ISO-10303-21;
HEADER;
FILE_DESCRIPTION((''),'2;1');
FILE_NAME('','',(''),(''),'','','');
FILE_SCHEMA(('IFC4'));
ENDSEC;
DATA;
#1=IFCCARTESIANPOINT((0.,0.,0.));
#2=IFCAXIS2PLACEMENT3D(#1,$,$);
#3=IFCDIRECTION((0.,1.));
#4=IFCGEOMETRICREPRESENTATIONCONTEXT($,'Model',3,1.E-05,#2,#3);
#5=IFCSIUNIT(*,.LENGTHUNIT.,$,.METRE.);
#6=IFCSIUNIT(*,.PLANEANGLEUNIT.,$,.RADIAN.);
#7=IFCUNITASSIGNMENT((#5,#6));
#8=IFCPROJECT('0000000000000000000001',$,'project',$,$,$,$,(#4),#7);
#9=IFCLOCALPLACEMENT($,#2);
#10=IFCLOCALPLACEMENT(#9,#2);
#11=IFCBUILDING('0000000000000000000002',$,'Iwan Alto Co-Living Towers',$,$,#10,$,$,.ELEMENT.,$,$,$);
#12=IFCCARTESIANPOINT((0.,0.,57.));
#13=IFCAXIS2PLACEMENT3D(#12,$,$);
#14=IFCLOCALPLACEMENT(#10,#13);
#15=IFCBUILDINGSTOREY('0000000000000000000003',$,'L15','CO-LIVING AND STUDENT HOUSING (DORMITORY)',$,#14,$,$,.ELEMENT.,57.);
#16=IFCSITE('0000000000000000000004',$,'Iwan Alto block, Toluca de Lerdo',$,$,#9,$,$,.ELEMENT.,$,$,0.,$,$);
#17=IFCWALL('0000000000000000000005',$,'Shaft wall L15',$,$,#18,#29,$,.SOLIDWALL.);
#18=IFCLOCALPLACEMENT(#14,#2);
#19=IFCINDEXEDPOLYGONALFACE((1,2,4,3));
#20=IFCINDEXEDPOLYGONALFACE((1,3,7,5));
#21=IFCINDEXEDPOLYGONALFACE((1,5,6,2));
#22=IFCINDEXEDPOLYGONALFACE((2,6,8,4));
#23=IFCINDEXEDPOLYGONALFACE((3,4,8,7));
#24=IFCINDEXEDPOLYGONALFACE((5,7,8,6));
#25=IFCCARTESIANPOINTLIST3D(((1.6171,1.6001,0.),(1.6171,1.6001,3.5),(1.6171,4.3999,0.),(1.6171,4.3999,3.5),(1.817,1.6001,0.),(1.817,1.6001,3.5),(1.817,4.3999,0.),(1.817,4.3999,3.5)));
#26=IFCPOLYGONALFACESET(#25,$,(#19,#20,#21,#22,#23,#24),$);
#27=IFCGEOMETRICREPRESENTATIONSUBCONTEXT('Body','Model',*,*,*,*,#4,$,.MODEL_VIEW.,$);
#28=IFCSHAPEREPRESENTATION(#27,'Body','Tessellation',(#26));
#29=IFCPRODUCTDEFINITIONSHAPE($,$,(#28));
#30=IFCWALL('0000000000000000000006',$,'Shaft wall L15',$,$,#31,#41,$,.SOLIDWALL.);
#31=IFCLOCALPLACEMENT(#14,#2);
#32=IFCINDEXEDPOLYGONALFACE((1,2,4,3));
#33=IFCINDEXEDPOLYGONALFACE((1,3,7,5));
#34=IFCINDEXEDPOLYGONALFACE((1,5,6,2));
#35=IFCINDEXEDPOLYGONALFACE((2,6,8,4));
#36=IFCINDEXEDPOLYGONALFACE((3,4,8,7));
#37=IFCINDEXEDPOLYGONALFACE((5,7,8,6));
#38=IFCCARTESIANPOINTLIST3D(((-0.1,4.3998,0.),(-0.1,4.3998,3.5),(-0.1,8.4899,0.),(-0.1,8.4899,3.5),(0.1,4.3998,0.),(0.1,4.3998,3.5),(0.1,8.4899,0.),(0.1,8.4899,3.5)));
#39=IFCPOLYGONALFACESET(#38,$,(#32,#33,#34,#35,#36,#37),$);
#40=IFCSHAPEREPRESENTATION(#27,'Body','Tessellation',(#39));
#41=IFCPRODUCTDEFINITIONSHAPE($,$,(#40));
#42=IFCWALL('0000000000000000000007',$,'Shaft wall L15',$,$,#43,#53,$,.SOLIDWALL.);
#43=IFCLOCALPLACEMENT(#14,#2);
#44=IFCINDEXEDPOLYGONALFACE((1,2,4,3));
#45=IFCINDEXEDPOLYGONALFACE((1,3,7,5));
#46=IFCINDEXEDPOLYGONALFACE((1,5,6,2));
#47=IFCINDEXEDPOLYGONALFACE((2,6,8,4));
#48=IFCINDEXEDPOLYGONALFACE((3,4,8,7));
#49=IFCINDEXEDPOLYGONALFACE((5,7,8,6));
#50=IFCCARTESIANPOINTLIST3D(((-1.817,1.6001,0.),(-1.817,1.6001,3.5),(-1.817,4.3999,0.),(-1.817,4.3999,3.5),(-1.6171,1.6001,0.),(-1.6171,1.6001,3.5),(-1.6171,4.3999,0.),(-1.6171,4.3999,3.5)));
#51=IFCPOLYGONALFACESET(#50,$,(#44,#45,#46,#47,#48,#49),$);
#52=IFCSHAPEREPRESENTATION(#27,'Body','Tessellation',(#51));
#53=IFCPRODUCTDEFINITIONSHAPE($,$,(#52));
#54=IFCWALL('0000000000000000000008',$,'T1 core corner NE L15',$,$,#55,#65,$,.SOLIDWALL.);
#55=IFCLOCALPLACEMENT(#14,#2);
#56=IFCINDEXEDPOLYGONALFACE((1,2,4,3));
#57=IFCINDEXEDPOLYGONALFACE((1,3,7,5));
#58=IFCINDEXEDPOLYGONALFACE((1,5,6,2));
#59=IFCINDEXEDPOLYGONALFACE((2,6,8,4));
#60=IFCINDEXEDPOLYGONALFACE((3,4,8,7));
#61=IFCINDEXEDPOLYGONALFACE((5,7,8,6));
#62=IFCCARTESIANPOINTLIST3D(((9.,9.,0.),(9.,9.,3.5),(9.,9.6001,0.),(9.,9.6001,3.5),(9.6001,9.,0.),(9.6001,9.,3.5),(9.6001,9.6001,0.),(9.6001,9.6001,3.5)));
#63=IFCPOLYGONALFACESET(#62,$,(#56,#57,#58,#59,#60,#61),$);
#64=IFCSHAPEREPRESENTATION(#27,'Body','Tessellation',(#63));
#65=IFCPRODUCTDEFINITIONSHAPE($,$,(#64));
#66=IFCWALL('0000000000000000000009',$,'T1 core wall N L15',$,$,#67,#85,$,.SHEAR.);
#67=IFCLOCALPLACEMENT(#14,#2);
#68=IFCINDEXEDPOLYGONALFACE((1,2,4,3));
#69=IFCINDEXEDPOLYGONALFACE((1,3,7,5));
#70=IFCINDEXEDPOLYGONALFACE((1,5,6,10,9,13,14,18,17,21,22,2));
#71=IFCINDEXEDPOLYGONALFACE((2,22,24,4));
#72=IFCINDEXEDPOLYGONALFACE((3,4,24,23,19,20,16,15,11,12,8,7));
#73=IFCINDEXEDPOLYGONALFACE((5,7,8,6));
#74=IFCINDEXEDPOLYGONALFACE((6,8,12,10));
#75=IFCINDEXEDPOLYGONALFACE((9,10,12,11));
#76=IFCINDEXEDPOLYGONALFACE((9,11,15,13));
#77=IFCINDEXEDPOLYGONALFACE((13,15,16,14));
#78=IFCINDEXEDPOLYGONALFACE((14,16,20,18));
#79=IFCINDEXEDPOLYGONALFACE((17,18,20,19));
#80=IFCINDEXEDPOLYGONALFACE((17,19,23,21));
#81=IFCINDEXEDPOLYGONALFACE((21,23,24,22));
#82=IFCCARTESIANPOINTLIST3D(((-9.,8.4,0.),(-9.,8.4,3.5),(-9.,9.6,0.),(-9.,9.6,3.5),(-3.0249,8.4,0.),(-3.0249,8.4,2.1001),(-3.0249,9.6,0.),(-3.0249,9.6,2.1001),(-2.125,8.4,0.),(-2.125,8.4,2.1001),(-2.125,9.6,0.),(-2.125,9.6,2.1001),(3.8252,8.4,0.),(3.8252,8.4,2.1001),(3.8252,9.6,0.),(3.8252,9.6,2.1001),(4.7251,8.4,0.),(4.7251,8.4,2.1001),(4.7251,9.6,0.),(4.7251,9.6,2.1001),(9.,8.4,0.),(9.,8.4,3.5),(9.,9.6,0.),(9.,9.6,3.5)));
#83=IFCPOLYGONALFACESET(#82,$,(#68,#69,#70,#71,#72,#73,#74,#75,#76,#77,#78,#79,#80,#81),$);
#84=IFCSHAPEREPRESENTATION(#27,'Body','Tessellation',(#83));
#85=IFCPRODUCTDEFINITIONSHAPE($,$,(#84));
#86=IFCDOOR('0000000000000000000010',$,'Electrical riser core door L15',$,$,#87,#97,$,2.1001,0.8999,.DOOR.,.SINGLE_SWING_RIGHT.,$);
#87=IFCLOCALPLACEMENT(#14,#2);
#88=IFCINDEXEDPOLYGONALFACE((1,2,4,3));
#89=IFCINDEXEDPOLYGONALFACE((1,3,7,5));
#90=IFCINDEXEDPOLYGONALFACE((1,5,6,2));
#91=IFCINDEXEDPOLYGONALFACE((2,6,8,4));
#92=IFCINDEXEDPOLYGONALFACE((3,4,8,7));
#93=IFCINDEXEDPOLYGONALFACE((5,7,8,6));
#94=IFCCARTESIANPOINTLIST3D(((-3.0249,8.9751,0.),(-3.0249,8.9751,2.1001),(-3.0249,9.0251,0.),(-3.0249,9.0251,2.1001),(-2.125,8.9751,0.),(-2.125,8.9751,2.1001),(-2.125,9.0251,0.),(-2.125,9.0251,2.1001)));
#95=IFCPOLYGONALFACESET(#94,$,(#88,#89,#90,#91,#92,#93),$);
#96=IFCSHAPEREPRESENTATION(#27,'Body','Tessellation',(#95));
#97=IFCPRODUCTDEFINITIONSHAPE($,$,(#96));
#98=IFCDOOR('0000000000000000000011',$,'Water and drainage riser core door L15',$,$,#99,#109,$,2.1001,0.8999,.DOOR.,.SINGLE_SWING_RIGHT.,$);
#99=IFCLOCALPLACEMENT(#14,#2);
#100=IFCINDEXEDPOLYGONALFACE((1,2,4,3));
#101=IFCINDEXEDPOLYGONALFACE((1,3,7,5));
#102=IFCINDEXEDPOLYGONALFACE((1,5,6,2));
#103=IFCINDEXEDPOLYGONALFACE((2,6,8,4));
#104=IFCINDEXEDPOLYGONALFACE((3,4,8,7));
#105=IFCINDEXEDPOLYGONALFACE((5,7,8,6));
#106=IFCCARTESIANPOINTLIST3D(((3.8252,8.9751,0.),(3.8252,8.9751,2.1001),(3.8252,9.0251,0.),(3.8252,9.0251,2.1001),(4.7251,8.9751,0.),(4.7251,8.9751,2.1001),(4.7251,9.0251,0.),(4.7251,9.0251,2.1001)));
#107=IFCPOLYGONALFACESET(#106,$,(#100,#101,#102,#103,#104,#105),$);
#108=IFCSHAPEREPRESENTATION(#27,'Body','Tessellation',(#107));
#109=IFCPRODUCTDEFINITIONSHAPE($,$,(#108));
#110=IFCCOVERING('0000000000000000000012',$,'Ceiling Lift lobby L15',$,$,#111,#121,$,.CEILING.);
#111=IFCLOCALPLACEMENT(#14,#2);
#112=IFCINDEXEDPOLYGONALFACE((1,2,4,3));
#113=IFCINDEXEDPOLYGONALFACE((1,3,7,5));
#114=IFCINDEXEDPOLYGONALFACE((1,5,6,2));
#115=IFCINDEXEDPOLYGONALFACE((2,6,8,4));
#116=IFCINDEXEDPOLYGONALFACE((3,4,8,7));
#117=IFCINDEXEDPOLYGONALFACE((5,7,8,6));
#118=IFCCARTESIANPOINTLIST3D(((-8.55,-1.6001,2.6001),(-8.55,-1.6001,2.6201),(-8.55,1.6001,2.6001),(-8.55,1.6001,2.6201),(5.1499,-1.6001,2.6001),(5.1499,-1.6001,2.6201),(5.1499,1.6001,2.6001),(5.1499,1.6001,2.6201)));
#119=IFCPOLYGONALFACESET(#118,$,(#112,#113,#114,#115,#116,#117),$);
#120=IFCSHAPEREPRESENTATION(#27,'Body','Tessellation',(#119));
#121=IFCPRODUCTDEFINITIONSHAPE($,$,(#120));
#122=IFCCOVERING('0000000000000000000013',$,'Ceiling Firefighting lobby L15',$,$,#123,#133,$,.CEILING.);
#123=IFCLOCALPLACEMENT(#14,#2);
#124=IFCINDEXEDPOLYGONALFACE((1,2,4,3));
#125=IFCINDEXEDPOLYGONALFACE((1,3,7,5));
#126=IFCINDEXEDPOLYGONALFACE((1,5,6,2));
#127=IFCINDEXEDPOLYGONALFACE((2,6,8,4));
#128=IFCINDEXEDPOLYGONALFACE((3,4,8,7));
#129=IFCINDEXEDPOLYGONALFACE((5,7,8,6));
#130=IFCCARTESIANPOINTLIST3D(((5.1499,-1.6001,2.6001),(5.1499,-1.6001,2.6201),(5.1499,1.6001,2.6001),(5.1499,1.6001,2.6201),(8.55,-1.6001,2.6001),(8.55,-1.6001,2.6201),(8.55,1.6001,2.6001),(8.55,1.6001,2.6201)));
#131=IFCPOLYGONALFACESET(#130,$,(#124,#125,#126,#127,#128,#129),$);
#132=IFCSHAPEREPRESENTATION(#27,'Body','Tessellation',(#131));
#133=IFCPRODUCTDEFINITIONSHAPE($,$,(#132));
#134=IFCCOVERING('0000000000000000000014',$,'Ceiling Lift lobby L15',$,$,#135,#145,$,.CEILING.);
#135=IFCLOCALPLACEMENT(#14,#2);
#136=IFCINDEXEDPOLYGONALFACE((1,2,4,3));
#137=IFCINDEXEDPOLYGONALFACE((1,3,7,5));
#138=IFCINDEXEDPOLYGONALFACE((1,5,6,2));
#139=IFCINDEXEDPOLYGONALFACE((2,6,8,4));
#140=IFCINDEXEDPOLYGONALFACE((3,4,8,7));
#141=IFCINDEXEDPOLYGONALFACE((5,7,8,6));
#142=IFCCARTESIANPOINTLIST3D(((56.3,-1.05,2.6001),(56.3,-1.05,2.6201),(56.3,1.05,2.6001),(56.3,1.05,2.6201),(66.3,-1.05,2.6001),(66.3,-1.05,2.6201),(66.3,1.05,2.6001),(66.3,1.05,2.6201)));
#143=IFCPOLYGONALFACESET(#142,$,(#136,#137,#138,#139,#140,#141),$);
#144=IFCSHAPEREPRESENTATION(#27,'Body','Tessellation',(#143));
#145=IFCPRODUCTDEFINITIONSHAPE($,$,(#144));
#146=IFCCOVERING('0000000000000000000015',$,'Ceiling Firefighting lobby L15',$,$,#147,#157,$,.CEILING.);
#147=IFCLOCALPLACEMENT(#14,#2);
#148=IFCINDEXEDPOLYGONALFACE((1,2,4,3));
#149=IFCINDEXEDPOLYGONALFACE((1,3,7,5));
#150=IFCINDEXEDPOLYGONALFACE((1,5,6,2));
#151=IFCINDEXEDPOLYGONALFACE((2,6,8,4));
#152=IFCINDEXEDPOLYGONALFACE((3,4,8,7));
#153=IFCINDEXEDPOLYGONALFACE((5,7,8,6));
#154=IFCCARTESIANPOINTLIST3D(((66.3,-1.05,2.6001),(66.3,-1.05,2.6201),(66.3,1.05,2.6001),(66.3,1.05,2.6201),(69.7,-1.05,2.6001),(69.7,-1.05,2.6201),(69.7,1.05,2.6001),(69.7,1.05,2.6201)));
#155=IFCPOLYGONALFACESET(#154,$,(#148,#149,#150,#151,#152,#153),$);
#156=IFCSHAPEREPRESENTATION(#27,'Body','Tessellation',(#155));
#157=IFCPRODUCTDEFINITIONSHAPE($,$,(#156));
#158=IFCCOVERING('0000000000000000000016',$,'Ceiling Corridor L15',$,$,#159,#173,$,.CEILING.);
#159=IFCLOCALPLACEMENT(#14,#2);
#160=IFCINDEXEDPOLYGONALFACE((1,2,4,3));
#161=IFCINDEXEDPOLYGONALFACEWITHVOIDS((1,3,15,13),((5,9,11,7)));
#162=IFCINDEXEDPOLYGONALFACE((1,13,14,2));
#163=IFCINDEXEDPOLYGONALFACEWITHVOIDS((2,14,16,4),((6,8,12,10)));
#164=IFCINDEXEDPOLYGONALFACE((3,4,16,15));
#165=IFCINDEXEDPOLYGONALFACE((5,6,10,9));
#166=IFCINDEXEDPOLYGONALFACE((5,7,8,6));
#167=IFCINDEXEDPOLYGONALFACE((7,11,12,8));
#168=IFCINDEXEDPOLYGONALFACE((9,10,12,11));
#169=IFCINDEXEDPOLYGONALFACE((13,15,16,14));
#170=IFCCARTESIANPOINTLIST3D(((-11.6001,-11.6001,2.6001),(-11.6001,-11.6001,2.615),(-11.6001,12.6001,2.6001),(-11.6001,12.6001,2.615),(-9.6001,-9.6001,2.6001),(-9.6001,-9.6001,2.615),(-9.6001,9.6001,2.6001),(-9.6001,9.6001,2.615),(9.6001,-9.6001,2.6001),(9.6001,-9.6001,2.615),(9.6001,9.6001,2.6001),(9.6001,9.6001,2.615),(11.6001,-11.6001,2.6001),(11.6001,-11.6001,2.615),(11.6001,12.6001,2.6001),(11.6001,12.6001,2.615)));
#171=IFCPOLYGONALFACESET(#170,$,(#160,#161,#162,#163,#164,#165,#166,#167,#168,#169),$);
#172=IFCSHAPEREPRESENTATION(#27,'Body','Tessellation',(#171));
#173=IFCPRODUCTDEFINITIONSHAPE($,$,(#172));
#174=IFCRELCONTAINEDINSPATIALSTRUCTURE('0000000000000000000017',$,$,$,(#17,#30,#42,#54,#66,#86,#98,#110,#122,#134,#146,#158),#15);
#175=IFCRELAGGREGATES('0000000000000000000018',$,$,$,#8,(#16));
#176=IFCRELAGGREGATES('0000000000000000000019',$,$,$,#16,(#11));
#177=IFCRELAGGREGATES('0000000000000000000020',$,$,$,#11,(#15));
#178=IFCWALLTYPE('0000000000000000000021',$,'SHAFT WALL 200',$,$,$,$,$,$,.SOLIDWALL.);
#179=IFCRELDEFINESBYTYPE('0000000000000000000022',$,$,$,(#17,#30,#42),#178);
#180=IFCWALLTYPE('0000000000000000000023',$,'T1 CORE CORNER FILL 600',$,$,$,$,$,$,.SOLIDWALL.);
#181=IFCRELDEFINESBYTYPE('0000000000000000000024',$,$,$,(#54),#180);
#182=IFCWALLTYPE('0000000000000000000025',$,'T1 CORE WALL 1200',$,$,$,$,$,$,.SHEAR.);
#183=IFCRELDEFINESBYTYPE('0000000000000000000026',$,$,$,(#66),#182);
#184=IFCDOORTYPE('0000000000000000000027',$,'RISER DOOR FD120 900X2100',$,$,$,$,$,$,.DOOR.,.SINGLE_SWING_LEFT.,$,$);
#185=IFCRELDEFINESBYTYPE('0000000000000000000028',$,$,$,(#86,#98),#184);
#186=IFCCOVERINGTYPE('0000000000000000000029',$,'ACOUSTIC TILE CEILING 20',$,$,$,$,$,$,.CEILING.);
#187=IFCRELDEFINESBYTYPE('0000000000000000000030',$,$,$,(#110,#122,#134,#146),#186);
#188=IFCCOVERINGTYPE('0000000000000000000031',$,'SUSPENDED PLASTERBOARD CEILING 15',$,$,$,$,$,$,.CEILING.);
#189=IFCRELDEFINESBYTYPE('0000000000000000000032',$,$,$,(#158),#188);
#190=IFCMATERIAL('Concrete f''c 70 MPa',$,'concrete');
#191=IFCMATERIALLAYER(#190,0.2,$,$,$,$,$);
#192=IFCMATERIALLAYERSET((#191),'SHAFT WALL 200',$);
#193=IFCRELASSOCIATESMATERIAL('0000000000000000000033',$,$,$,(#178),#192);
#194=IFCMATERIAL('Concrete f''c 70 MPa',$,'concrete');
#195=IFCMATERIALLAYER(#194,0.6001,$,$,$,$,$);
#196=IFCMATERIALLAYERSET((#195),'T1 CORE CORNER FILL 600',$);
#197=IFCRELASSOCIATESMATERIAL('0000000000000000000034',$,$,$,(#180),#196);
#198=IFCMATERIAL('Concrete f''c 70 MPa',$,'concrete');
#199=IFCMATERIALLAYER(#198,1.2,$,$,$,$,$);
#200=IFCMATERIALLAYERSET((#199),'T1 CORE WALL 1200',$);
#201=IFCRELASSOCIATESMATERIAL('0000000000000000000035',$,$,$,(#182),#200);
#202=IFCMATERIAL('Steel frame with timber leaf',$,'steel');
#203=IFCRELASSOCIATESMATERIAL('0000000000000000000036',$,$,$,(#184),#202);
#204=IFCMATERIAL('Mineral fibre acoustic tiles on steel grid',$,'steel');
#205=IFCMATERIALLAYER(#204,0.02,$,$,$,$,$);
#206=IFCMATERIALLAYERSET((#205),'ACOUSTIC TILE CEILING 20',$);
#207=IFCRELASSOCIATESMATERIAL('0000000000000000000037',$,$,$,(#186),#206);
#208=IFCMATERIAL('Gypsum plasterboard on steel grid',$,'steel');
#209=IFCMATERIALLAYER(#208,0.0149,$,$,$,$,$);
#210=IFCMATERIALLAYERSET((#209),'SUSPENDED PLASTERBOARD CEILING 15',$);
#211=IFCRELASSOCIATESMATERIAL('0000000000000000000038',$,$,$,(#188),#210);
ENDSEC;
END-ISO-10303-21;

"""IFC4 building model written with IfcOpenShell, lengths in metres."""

from ifc_helpers import new_model, si_unit, direction, frame, frame_2d, origin, place, context, subcontext, project, spatial, polyline, rectangle, outline, extrude, material, layer, layer_set, type_object, element, fill, save


model = new_model("IFC4")

# Units and contexts
model_context = context("Model", 3, precision=1e-05, world=origin(), true_north=direction((0.0, 1.0)))
body_context = subcontext(model_context, "Body", "Model", "MODEL_VIEW")
ifc_project = project(units=[si_unit("LENGTHUNIT", "METRE"), si_unit("PLANEANGLEUNIT", "RADIAN")], contexts=[model_context])

# Site, building, storey
site_placement = place(None, origin())
site = spatial("IfcSite", under=ifc_project, at=site_placement, Name="Iwan Alto block, Toluca de Lerdo", CompositionType="ELEMENT", RefElevation=0.0)
building_placement = place(site_placement, origin())
building = spatial("IfcBuilding", under=site, at=building_placement, Name="Iwan Alto Co-Living Towers", CompositionType="ELEMENT")
storey_placement = place(building_placement, frame((0.0, 0.0, 57.0)))
storey = spatial("IfcBuildingStorey", under=building, at=storey_placement, Name="L15", Description="CO-LIVING AND STUDENT HOUSING (DORMITORY)", CompositionType="ELEMENT", Elevation=57.0)

# Walls
ifc_material_1 = material(Name="Concrete f'c 70 MPa", Category="concrete")
ifc_layer_1 = layer(ifc_material_1, 0.2)
ifc_layer_set_1 = layer_set([ifc_layer_1], Name="SHAFT WALL 200")
wall_type_1 = type_object("IfcWallType", Name="SHAFT WALL 200", PredefinedType="SOLIDWALL", material=ifc_layer_set_1)
wall_1_placement = place(storey_placement, frame((1.717, 1.6001, 0.0), z_axis=(0.0, 0.0, 1.0), x_axis=(0.0, 1.0, 0.0)))
element("IfcWall", 1, at=wall_1_placement, inside=storey, type_object=wall_type_1, Name="Shaft wall L15", PredefinedType="SOLIDWALL", context=body_context, shape_type="SweptSolid", body=[
    extrude(rectangle(XDim=2.7998, YDim=0.2, at=frame_2d((1.3999, 0.0))), origin(), (0.0, 0.0, 1.0), 3.5),
])
wall_2_placement = place(storey_placement, frame((0.0, 4.3999, 0.0), z_axis=(0.0, 0.0, 1.0), x_axis=(0.0, 1.0, 0.0)))
element("IfcWall", 2, at=wall_2_placement, inside=storey, type_object=wall_type_1, Name="Shaft wall L15", PredefinedType="SOLIDWALL", context=body_context, shape_type="SweptSolid", body=[
    extrude(rectangle(XDim=4.0901, YDim=0.2, at=frame_2d((2.0449, 0.0))), origin(), (0.0, 0.0, 1.0), 3.5),
])
wall_3_placement = place(storey_placement, frame((-1.717, 1.6001, 0.0), z_axis=(0.0, 0.0, 1.0), x_axis=(0.0, 1.0, 0.0)))
element("IfcWall", 3, at=wall_3_placement, inside=storey, type_object=wall_type_1, Name="Shaft wall L15", PredefinedType="SOLIDWALL", context=body_context, shape_type="SweptSolid", body=[
    extrude(rectangle(XDim=2.7998, YDim=0.2, at=frame_2d((1.3999, 0.0))), origin(), (0.0, 0.0, 1.0), 3.5),
])
ifc_material_2 = material(Name="Concrete f'c 70 MPa", Category="concrete")
ifc_layer_2 = layer(ifc_material_2, 0.6001)
ifc_layer_set_2 = layer_set([ifc_layer_2], Name="T1 CORE CORNER FILL 600")
wall_type_2 = type_object("IfcWallType", Name="T1 CORE CORNER FILL 600", PredefinedType="SOLIDWALL", material=ifc_layer_set_2)
wall_4_placement = place(storey_placement, frame((9.0, 9.3, 0.0), z_axis=(0.0, 0.0, 1.0), x_axis=(1.0, 0.0, 0.0)))
element("IfcWall", 4, at=wall_4_placement, inside=storey, type_object=wall_type_2, Name="T1 core corner NE L15", PredefinedType="SOLIDWALL", context=body_context, shape_type="SweptSolid", body=[
    extrude(rectangle(XDim=0.6001, YDim=0.6001, at=frame_2d((0.3, 0.0))), origin(), (0.0, 0.0, 1.0), 3.5),
])

# Wall, openings, doors
ifc_material_3 = material(Name="Concrete f'c 70 MPa", Category="concrete")
ifc_layer_3 = layer(ifc_material_3, 1.2)
ifc_layer_set_3 = layer_set([ifc_layer_3], Name="T1 CORE WALL 1200")
wall_type_3 = type_object("IfcWallType", Name="T1 CORE WALL 1200", PredefinedType="SHEAR", material=ifc_layer_set_3)
wall_5_placement = place(storey_placement, frame((9.0, 9.0, 0.0), z_axis=(0.0, 0.0, 1.0), x_axis=(-1.0, 0.0, 0.0)))
wall_5 = element("IfcWall", 5, at=wall_5_placement, inside=storey, type_object=wall_type_3, Name="T1 core wall N L15", PredefinedType="SHEAR", context=body_context, shape_type="SweptSolid", body=[
    extrude(rectangle(XDim=18.0, YDim=1.2, at=frame_2d((9.0, 0.0))), origin(), (0.0, 0.0, 1.0), 3.5),
])
opening_1_placement = place(wall_5_placement, frame((11.125, 0.0, 0.0)))
opening_1 = element("IfcOpeningElement", 6, at=opening_1_placement, cuts=wall_5, PredefinedType="OPENING", context=body_context, shape_type="SweptSolid", body=[
    extrude(rectangle(XDim=0.8999, YDim=2.1001, at=frame_2d((0.45, 1.05))), frame((0.0, 0.6099, 0.0), z_axis=(0.0, -1.0, 0.0), x_axis=(1.0, 0.0, 0.0)), (0.0, 0.0, 1.0), 1.22),
])
opening_2_placement = place(wall_5_placement, frame((4.2749, 0.0, 0.0)))
opening_2 = element("IfcOpeningElement", 7, at=opening_2_placement, cuts=wall_5, PredefinedType="OPENING", context=body_context, shape_type="SweptSolid", body=[
    extrude(rectangle(XDim=0.8999, YDim=2.1001, at=frame_2d((0.45, 1.05))), frame((0.0, 0.6099, 0.0), z_axis=(0.0, -1.0, 0.0), x_axis=(1.0, 0.0, 0.0)), (0.0, 0.0, 1.0), 1.22),
])
ifc_material_4 = material(Name="Steel frame with timber leaf", Category="steel")
door_type = type_object("IfcDoorType", Name="RISER DOOR FD120 900X2100", OperationType="SINGLE_SWING_LEFT", PredefinedType="DOOR", material=ifc_material_4)
door_1_placement = place(opening_1_placement, origin())
door_1 = element("IfcDoor", 8, at=door_1_placement, inside=storey, type_object=door_type, Name="Electrical riser core door L15", OperationType="SINGLE_SWING_RIGHT", OverallHeight=2.1001, OverallWidth=0.8999, PredefinedType="DOOR", context=body_context, shape_type="SweptSolid", body=[
    extrude(rectangle(XDim=0.8999, YDim=2.1001, at=frame_2d((0.45, 1.05))), frame((0.0, 0.0249, 0.0), z_axis=(0.0, -1.0, 0.0), x_axis=(1.0, 0.0, 0.0)), (0.0, 0.0, 1.0), 0.05),
])
fill(opening_1, door_1)
door_2_placement = place(opening_2_placement, origin())
door_2 = element("IfcDoor", 9, at=door_2_placement, inside=storey, type_object=door_type, Name="Water and drainage riser core door L15", OperationType="SINGLE_SWING_RIGHT", OverallHeight=2.1001, OverallWidth=0.8999, PredefinedType="DOOR", context=body_context, shape_type="SweptSolid", body=[
    extrude(rectangle(XDim=0.8999, YDim=2.1001, at=frame_2d((0.45, 1.05))), frame((0.0, 0.0249, 0.0), z_axis=(0.0, -1.0, 0.0), x_axis=(1.0, 0.0, 0.0)), (0.0, 0.0, 1.0), 0.05),
])
fill(opening_2, door_2)

# Coverings
ifc_material_5 = material(Name="Mineral fibre acoustic tiles on steel grid", Category="steel")
ifc_layer_4 = layer(ifc_material_5, 0.02)
ifc_layer_set_4 = layer_set([ifc_layer_4], Name="ACOUSTIC TILE CEILING 20")
covering_type_1 = type_object("IfcCoveringType", Name="ACOUSTIC TILE CEILING 20", PredefinedType="CEILING", material=ifc_layer_set_4)
covering_1_placement = place(storey_placement, frame((0.0, 0.0, 2.6001)))
element("IfcCovering", 10, at=covering_1_placement, inside=storey, type_object=covering_type_1, Name="Ceiling Lift lobby L15", PredefinedType="CEILING", context=body_context, shape_type="SweptSolid", body=[
    extrude(outline(polyline([(-8.55, -1.6001), (-8.55, 1.6001), (5.1499, 1.6001), (5.1499, -1.6001), (-8.55, -1.6001)])), origin(), (0.0, 0.0, 1.0), 0.02),
])
covering_2_placement = place(storey_placement, frame((0.0, 0.0, 2.6001)))
element("IfcCovering", 11, at=covering_2_placement, inside=storey, type_object=covering_type_1, Name="Ceiling Firefighting lobby L15", PredefinedType="CEILING", context=body_context, shape_type="SweptSolid", body=[
    extrude(outline(polyline([(5.1499, -1.6001), (5.1499, 1.6001), (8.55, 1.6001), (8.55, -1.6001), (5.1499, -1.6001)])), origin(), (0.0, 0.0, 1.0), 0.02),
])
covering_3_placement = place(storey_placement, frame((0.0, 0.0, 2.6001)))
element("IfcCovering", 12, at=covering_3_placement, inside=storey, type_object=covering_type_1, Name="Ceiling Lift lobby L15", PredefinedType="CEILING", context=body_context, shape_type="SweptSolid", body=[
    extrude(outline(polyline([(56.3, -1.05), (56.3, 1.05), (66.3, 1.05), (66.3, -1.05), (56.3, -1.05)])), origin(), (0.0, 0.0, 1.0), 0.02),
])
covering_4_placement = place(storey_placement, frame((0.0, 0.0, 2.6001)))
element("IfcCovering", 13, at=covering_4_placement, inside=storey, type_object=covering_type_1, Name="Ceiling Firefighting lobby L15", PredefinedType="CEILING", context=body_context, shape_type="SweptSolid", body=[
    extrude(outline(polyline([(66.3, -1.05), (66.3, 1.05), (69.7, 1.05), (69.7, -1.05), (66.3, -1.05)])), origin(), (0.0, 0.0, 1.0), 0.02),
])
ifc_material_6 = material(Name="Gypsum plasterboard on steel grid", Category="steel")
ifc_layer_5 = layer(ifc_material_6, 0.0149)
ifc_layer_set_5 = layer_set([ifc_layer_5], Name="SUSPENDED PLASTERBOARD CEILING 15")
covering_type_2 = type_object("IfcCoveringType", Name="SUSPENDED PLASTERBOARD CEILING 15", PredefinedType="CEILING", material=ifc_layer_set_5)
covering_5_placement = place(storey_placement, frame((0.0, 0.0, 2.6001)))
element("IfcCovering", 14, at=covering_5_placement, inside=storey, type_object=covering_type_2, Name="Ceiling Corridor L15", PredefinedType="CEILING", context=body_context, shape_type="SweptSolid", body=[
    extrude(outline(polyline([(-11.6001, 12.6001), (11.6001, 12.6001), (11.6001, -11.6001), (-11.6001, -11.6001), (-11.6001, 12.6001)]), holes=[polyline([(-9.6001, 9.6001), (-9.6001, -9.6001), (9.6001, -9.6001), (9.6001, 9.6001), (-9.6001, 9.6001)])]), origin(), (0.0, 0.0, 1.0), 0.0149),
])

save(model, "model.ifc")
